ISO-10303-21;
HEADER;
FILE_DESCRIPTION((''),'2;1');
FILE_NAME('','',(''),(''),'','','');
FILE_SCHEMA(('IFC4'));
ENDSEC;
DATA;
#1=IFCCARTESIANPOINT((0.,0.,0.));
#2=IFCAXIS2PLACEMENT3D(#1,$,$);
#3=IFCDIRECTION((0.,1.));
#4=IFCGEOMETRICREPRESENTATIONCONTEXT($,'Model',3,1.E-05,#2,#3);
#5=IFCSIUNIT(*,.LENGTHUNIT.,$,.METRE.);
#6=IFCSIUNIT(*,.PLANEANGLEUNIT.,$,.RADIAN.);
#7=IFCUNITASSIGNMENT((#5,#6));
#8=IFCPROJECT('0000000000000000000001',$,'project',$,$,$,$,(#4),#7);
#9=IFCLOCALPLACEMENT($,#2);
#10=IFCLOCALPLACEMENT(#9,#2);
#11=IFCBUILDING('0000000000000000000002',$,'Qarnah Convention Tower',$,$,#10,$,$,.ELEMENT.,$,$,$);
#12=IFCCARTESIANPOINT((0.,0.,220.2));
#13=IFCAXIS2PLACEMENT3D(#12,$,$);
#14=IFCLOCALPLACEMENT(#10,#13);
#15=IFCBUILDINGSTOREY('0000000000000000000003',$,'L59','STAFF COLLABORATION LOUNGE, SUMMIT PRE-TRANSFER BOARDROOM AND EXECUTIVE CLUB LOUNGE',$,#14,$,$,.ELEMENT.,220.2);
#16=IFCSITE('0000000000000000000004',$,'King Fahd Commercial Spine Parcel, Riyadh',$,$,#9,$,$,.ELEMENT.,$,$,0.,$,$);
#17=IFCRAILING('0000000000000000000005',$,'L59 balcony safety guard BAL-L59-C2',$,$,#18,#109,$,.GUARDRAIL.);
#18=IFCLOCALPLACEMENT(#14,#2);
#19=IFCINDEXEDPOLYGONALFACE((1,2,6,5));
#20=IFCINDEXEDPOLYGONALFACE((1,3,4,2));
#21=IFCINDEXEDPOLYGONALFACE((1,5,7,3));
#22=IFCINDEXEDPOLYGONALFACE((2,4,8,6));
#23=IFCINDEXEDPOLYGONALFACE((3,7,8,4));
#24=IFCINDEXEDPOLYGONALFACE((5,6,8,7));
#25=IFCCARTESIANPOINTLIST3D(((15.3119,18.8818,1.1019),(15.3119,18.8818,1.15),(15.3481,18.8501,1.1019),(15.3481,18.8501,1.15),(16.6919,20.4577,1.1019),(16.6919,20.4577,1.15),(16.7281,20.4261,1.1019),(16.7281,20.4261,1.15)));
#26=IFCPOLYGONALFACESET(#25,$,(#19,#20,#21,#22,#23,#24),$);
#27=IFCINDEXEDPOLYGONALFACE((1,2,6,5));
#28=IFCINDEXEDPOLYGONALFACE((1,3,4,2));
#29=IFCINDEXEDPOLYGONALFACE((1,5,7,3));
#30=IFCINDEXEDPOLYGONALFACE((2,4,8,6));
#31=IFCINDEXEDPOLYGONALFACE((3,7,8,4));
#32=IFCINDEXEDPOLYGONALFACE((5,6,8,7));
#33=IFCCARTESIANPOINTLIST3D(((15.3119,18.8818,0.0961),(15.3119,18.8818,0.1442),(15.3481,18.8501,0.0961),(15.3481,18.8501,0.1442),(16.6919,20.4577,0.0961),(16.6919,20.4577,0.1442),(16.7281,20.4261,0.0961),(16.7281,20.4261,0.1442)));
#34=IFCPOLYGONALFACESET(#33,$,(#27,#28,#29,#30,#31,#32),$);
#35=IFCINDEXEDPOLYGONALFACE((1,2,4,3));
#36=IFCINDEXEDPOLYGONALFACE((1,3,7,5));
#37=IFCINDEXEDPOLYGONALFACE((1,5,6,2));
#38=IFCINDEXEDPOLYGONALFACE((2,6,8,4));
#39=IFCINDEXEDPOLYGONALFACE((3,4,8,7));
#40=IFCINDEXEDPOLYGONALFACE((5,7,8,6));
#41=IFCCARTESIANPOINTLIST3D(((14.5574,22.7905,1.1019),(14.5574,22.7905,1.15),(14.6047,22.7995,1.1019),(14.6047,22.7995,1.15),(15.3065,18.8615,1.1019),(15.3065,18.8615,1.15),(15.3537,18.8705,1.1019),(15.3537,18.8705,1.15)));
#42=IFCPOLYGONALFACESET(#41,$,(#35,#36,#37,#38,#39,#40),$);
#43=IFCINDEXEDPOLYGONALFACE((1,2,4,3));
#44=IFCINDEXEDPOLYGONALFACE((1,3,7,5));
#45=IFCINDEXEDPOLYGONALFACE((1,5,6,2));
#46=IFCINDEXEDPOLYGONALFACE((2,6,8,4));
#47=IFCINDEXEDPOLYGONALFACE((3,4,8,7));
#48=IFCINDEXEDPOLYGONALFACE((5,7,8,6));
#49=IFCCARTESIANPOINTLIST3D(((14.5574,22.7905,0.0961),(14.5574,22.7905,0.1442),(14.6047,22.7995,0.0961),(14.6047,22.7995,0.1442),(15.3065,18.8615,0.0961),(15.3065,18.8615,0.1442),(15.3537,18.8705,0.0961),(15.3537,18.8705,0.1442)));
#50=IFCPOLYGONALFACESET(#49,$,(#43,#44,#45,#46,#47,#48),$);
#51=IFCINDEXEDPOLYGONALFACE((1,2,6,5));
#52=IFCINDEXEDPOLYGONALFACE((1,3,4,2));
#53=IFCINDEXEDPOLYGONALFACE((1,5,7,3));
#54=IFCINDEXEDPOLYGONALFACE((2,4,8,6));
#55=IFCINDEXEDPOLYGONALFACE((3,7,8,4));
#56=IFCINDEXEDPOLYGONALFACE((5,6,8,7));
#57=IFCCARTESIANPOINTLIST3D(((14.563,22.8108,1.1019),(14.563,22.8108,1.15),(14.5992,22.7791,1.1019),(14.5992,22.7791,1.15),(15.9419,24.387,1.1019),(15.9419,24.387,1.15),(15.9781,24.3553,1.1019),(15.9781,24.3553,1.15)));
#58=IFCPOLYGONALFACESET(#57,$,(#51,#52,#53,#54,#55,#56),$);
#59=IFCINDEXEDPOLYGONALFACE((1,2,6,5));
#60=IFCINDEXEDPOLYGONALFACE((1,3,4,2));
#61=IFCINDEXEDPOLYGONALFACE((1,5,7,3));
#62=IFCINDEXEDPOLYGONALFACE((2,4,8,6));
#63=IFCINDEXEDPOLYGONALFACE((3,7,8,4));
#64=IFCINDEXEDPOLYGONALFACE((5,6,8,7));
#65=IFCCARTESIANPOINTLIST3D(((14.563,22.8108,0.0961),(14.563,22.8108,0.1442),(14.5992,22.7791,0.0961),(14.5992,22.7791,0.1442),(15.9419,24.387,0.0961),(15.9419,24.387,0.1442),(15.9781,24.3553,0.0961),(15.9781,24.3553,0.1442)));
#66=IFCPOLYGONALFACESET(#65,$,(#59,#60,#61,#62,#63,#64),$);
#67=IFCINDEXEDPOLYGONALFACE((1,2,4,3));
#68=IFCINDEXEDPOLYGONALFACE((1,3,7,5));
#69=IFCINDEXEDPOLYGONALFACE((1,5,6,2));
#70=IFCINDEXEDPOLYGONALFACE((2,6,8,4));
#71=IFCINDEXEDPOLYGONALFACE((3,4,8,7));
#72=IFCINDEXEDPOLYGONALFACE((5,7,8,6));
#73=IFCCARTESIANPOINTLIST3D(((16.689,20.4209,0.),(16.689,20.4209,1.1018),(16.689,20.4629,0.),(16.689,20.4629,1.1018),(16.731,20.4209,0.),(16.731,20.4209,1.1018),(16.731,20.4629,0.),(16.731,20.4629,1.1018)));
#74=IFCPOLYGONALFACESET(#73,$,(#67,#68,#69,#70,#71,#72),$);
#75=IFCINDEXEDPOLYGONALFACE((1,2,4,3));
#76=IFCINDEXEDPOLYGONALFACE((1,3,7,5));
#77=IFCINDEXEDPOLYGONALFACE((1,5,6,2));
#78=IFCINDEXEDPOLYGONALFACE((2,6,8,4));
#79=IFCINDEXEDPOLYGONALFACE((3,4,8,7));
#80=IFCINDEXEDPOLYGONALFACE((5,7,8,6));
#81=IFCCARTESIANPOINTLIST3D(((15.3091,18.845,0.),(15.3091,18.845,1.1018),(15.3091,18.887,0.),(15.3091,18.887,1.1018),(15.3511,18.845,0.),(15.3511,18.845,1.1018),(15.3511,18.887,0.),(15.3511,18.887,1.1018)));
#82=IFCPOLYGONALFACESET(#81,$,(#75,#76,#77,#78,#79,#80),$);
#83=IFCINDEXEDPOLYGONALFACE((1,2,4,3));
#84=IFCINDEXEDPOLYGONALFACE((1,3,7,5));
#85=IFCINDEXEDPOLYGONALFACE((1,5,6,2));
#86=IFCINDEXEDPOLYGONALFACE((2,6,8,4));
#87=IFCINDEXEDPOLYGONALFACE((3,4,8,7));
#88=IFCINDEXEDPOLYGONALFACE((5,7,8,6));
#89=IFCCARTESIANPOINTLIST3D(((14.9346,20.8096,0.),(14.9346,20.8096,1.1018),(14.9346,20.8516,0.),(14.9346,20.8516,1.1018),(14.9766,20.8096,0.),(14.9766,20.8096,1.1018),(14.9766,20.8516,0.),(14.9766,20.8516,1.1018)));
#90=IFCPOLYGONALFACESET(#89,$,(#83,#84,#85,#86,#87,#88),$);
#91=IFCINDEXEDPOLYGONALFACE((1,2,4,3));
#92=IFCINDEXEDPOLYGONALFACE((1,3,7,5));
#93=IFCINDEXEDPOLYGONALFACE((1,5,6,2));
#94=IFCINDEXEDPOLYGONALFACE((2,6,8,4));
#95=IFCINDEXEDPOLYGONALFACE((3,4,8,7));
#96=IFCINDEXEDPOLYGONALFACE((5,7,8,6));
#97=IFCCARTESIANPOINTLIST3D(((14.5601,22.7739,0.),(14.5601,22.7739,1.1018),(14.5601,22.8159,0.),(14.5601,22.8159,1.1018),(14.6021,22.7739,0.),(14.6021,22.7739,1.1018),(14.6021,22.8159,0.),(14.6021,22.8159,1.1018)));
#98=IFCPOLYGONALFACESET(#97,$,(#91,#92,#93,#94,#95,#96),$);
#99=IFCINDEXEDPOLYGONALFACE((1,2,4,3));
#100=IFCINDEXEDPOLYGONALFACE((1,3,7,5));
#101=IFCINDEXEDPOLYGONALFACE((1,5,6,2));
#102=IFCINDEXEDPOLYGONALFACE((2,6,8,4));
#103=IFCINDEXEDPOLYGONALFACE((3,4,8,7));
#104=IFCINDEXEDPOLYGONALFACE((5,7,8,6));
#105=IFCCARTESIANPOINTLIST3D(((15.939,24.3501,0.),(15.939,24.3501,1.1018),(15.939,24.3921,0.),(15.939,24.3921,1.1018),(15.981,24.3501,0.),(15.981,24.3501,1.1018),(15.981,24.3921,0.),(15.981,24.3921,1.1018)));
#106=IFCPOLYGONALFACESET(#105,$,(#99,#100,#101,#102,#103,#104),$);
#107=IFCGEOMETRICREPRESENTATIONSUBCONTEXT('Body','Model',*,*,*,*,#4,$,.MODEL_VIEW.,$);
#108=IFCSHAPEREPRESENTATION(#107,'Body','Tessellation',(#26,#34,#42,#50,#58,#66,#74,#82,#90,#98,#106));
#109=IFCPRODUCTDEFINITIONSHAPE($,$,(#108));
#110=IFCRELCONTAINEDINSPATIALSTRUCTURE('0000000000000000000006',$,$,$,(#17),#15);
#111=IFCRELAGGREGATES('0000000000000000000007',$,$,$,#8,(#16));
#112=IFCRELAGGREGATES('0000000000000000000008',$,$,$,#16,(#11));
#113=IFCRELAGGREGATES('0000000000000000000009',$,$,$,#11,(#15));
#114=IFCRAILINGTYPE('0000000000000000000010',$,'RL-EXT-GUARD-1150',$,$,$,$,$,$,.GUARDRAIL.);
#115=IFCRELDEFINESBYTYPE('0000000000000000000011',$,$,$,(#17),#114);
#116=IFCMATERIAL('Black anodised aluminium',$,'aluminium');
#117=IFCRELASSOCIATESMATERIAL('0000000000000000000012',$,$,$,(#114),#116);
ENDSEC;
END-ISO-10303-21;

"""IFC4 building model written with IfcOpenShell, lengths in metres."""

from ifc_helpers import new_model, si_unit, direction, frame, origin, origin_2d, place, context, subcontext, project, spatial, rectangle, extrude, material, type_object, element, save


model = new_model("IFC4")

# Units and contexts
model_context = context("Model", 3, precision=1e-05, world=origin(), true_north=direction((0.0, 1.0)))
body_context = subcontext(model_context, "Body", "Model", "MODEL_VIEW")
ifc_project = project(units=[si_unit("LENGTHUNIT", "METRE"), si_unit("PLANEANGLEUNIT", "RADIAN")], contexts=[model_context])

# Site, building, storey
site_placement = place(None, origin())
site = spatial("IfcSite", under=ifc_project, at=site_placement, Name="King Fahd Commercial Spine Parcel, Riyadh", CompositionType="ELEMENT", RefElevation=0.0)
building_placement = place(site_placement, origin())
building = spatial("IfcBuilding", under=site, at=building_placement, Name="Qarnah Convention Tower", CompositionType="ELEMENT")
storey_placement = place(building_placement, frame((0.0, 0.0, 220.2)))
storey = spatial("IfcBuildingStorey", under=building, at=storey_placement, Name="L59", Description="STAFF COLLABORATION LOUNGE, SUMMIT PRE-TRANSFER BOARDROOM AND EXECUTIVE CLUB LOUNGE", CompositionType="ELEMENT", Elevation=220.2)

# Shared definitions
ifc_material_1 = material(Name="Black anodised aluminium", Category="aluminium")

# Railing
railing_type = type_object("IfcRailingType", Name="RL-EXT-GUARD-1150", PredefinedType="GUARDRAIL", material=ifc_material_1)
railing_1_placement = place(storey_placement, frame((16.71, 20.4419, 0.0)))
element("IfcRailing", 1, at=railing_1_placement, inside=storey, type_object=railing_type, Name="L59 balcony safety guard BAL-L59-C2", PredefinedType="GUARDRAIL", context=body_context, shape_type="SweptSolid", body=[
    extrude(rectangle(XDim=0.0481, YDim=0.0481, at=origin_2d()), frame((0.0, 0.0, 1.126), z_axis=(-0.65876, -0.752353, 0.0), x_axis=(0.752353, -0.65876, 0.0)), (0.0, 0.0, 1.0), 2.0947),
    extrude(rectangle(XDim=0.0481, YDim=0.0481, at=origin_2d()), frame((0.0, 0.0, 0.1201), z_axis=(-0.65876, -0.752353, 0.0), x_axis=(0.752353, -0.65876, 0.0)), (0.0, 0.0, 1.0), 2.0947),
    extrude(rectangle(XDim=0.0481, YDim=0.0481, at=origin_2d()), frame((-1.3799, -1.5759, 1.126), z_axis=(-0.187269, 0.982309, 0.0), x_axis=(-0.982309, -0.187269, 0.0)), (0.0, 0.0, 1.0), 3.9998),
    extrude(rectangle(XDim=0.0481, YDim=0.0481, at=origin_2d()), frame((-1.3799, -1.5759, 0.1201), z_axis=(-0.187269, 0.982309, 0.0), x_axis=(-0.982309, -0.187269, 0.0)), (0.0, 0.0, 1.0), 3.9998),
    extrude(rectangle(XDim=0.0481, YDim=0.0481, at=origin_2d()), frame((-2.1289, 2.353, 1.126), z_axis=(0.658439, 0.752634, 0.0), x_axis=(-0.752634, 0.658439, 0.0)), (0.0, 0.0, 1.0), 2.0942),
    extrude(rectangle(XDim=0.0481, YDim=0.0481, at=origin_2d()), frame((-2.1289, 2.353, 0.1201), z_axis=(0.658439, 0.752634, 0.0), x_axis=(-0.752634, 0.658439, 0.0)), (0.0, 0.0, 1.0), 2.0942),
    extrude(rectangle(XDim=0.042, YDim=0.042, at=origin_2d()), origin(), (0.0, 0.0, 1.0), 1.1018),
    extrude(rectangle(XDim=0.042, YDim=0.042, at=origin_2d()), frame((-1.3799, -1.5759, 0.0)), (0.0, 0.0, 1.0), 1.1018),
    extrude(rectangle(XDim=0.042, YDim=0.042, at=origin_2d()), frame((-1.7544, 0.3887, 0.0)), (0.0, 0.0, 1.0), 1.1018),
    extrude(rectangle(XDim=0.042, YDim=0.042, at=origin_2d()), frame((-2.1289, 2.353, 0.0)), (0.0, 0.0, 1.0), 1.1018),
    extrude(rectangle(XDim=0.042, YDim=0.042, at=origin_2d()), frame((-0.75, 3.9292, 0.0)), (0.0, 0.0, 1.0), 1.1018),
])

save(model, "model.ifc")
